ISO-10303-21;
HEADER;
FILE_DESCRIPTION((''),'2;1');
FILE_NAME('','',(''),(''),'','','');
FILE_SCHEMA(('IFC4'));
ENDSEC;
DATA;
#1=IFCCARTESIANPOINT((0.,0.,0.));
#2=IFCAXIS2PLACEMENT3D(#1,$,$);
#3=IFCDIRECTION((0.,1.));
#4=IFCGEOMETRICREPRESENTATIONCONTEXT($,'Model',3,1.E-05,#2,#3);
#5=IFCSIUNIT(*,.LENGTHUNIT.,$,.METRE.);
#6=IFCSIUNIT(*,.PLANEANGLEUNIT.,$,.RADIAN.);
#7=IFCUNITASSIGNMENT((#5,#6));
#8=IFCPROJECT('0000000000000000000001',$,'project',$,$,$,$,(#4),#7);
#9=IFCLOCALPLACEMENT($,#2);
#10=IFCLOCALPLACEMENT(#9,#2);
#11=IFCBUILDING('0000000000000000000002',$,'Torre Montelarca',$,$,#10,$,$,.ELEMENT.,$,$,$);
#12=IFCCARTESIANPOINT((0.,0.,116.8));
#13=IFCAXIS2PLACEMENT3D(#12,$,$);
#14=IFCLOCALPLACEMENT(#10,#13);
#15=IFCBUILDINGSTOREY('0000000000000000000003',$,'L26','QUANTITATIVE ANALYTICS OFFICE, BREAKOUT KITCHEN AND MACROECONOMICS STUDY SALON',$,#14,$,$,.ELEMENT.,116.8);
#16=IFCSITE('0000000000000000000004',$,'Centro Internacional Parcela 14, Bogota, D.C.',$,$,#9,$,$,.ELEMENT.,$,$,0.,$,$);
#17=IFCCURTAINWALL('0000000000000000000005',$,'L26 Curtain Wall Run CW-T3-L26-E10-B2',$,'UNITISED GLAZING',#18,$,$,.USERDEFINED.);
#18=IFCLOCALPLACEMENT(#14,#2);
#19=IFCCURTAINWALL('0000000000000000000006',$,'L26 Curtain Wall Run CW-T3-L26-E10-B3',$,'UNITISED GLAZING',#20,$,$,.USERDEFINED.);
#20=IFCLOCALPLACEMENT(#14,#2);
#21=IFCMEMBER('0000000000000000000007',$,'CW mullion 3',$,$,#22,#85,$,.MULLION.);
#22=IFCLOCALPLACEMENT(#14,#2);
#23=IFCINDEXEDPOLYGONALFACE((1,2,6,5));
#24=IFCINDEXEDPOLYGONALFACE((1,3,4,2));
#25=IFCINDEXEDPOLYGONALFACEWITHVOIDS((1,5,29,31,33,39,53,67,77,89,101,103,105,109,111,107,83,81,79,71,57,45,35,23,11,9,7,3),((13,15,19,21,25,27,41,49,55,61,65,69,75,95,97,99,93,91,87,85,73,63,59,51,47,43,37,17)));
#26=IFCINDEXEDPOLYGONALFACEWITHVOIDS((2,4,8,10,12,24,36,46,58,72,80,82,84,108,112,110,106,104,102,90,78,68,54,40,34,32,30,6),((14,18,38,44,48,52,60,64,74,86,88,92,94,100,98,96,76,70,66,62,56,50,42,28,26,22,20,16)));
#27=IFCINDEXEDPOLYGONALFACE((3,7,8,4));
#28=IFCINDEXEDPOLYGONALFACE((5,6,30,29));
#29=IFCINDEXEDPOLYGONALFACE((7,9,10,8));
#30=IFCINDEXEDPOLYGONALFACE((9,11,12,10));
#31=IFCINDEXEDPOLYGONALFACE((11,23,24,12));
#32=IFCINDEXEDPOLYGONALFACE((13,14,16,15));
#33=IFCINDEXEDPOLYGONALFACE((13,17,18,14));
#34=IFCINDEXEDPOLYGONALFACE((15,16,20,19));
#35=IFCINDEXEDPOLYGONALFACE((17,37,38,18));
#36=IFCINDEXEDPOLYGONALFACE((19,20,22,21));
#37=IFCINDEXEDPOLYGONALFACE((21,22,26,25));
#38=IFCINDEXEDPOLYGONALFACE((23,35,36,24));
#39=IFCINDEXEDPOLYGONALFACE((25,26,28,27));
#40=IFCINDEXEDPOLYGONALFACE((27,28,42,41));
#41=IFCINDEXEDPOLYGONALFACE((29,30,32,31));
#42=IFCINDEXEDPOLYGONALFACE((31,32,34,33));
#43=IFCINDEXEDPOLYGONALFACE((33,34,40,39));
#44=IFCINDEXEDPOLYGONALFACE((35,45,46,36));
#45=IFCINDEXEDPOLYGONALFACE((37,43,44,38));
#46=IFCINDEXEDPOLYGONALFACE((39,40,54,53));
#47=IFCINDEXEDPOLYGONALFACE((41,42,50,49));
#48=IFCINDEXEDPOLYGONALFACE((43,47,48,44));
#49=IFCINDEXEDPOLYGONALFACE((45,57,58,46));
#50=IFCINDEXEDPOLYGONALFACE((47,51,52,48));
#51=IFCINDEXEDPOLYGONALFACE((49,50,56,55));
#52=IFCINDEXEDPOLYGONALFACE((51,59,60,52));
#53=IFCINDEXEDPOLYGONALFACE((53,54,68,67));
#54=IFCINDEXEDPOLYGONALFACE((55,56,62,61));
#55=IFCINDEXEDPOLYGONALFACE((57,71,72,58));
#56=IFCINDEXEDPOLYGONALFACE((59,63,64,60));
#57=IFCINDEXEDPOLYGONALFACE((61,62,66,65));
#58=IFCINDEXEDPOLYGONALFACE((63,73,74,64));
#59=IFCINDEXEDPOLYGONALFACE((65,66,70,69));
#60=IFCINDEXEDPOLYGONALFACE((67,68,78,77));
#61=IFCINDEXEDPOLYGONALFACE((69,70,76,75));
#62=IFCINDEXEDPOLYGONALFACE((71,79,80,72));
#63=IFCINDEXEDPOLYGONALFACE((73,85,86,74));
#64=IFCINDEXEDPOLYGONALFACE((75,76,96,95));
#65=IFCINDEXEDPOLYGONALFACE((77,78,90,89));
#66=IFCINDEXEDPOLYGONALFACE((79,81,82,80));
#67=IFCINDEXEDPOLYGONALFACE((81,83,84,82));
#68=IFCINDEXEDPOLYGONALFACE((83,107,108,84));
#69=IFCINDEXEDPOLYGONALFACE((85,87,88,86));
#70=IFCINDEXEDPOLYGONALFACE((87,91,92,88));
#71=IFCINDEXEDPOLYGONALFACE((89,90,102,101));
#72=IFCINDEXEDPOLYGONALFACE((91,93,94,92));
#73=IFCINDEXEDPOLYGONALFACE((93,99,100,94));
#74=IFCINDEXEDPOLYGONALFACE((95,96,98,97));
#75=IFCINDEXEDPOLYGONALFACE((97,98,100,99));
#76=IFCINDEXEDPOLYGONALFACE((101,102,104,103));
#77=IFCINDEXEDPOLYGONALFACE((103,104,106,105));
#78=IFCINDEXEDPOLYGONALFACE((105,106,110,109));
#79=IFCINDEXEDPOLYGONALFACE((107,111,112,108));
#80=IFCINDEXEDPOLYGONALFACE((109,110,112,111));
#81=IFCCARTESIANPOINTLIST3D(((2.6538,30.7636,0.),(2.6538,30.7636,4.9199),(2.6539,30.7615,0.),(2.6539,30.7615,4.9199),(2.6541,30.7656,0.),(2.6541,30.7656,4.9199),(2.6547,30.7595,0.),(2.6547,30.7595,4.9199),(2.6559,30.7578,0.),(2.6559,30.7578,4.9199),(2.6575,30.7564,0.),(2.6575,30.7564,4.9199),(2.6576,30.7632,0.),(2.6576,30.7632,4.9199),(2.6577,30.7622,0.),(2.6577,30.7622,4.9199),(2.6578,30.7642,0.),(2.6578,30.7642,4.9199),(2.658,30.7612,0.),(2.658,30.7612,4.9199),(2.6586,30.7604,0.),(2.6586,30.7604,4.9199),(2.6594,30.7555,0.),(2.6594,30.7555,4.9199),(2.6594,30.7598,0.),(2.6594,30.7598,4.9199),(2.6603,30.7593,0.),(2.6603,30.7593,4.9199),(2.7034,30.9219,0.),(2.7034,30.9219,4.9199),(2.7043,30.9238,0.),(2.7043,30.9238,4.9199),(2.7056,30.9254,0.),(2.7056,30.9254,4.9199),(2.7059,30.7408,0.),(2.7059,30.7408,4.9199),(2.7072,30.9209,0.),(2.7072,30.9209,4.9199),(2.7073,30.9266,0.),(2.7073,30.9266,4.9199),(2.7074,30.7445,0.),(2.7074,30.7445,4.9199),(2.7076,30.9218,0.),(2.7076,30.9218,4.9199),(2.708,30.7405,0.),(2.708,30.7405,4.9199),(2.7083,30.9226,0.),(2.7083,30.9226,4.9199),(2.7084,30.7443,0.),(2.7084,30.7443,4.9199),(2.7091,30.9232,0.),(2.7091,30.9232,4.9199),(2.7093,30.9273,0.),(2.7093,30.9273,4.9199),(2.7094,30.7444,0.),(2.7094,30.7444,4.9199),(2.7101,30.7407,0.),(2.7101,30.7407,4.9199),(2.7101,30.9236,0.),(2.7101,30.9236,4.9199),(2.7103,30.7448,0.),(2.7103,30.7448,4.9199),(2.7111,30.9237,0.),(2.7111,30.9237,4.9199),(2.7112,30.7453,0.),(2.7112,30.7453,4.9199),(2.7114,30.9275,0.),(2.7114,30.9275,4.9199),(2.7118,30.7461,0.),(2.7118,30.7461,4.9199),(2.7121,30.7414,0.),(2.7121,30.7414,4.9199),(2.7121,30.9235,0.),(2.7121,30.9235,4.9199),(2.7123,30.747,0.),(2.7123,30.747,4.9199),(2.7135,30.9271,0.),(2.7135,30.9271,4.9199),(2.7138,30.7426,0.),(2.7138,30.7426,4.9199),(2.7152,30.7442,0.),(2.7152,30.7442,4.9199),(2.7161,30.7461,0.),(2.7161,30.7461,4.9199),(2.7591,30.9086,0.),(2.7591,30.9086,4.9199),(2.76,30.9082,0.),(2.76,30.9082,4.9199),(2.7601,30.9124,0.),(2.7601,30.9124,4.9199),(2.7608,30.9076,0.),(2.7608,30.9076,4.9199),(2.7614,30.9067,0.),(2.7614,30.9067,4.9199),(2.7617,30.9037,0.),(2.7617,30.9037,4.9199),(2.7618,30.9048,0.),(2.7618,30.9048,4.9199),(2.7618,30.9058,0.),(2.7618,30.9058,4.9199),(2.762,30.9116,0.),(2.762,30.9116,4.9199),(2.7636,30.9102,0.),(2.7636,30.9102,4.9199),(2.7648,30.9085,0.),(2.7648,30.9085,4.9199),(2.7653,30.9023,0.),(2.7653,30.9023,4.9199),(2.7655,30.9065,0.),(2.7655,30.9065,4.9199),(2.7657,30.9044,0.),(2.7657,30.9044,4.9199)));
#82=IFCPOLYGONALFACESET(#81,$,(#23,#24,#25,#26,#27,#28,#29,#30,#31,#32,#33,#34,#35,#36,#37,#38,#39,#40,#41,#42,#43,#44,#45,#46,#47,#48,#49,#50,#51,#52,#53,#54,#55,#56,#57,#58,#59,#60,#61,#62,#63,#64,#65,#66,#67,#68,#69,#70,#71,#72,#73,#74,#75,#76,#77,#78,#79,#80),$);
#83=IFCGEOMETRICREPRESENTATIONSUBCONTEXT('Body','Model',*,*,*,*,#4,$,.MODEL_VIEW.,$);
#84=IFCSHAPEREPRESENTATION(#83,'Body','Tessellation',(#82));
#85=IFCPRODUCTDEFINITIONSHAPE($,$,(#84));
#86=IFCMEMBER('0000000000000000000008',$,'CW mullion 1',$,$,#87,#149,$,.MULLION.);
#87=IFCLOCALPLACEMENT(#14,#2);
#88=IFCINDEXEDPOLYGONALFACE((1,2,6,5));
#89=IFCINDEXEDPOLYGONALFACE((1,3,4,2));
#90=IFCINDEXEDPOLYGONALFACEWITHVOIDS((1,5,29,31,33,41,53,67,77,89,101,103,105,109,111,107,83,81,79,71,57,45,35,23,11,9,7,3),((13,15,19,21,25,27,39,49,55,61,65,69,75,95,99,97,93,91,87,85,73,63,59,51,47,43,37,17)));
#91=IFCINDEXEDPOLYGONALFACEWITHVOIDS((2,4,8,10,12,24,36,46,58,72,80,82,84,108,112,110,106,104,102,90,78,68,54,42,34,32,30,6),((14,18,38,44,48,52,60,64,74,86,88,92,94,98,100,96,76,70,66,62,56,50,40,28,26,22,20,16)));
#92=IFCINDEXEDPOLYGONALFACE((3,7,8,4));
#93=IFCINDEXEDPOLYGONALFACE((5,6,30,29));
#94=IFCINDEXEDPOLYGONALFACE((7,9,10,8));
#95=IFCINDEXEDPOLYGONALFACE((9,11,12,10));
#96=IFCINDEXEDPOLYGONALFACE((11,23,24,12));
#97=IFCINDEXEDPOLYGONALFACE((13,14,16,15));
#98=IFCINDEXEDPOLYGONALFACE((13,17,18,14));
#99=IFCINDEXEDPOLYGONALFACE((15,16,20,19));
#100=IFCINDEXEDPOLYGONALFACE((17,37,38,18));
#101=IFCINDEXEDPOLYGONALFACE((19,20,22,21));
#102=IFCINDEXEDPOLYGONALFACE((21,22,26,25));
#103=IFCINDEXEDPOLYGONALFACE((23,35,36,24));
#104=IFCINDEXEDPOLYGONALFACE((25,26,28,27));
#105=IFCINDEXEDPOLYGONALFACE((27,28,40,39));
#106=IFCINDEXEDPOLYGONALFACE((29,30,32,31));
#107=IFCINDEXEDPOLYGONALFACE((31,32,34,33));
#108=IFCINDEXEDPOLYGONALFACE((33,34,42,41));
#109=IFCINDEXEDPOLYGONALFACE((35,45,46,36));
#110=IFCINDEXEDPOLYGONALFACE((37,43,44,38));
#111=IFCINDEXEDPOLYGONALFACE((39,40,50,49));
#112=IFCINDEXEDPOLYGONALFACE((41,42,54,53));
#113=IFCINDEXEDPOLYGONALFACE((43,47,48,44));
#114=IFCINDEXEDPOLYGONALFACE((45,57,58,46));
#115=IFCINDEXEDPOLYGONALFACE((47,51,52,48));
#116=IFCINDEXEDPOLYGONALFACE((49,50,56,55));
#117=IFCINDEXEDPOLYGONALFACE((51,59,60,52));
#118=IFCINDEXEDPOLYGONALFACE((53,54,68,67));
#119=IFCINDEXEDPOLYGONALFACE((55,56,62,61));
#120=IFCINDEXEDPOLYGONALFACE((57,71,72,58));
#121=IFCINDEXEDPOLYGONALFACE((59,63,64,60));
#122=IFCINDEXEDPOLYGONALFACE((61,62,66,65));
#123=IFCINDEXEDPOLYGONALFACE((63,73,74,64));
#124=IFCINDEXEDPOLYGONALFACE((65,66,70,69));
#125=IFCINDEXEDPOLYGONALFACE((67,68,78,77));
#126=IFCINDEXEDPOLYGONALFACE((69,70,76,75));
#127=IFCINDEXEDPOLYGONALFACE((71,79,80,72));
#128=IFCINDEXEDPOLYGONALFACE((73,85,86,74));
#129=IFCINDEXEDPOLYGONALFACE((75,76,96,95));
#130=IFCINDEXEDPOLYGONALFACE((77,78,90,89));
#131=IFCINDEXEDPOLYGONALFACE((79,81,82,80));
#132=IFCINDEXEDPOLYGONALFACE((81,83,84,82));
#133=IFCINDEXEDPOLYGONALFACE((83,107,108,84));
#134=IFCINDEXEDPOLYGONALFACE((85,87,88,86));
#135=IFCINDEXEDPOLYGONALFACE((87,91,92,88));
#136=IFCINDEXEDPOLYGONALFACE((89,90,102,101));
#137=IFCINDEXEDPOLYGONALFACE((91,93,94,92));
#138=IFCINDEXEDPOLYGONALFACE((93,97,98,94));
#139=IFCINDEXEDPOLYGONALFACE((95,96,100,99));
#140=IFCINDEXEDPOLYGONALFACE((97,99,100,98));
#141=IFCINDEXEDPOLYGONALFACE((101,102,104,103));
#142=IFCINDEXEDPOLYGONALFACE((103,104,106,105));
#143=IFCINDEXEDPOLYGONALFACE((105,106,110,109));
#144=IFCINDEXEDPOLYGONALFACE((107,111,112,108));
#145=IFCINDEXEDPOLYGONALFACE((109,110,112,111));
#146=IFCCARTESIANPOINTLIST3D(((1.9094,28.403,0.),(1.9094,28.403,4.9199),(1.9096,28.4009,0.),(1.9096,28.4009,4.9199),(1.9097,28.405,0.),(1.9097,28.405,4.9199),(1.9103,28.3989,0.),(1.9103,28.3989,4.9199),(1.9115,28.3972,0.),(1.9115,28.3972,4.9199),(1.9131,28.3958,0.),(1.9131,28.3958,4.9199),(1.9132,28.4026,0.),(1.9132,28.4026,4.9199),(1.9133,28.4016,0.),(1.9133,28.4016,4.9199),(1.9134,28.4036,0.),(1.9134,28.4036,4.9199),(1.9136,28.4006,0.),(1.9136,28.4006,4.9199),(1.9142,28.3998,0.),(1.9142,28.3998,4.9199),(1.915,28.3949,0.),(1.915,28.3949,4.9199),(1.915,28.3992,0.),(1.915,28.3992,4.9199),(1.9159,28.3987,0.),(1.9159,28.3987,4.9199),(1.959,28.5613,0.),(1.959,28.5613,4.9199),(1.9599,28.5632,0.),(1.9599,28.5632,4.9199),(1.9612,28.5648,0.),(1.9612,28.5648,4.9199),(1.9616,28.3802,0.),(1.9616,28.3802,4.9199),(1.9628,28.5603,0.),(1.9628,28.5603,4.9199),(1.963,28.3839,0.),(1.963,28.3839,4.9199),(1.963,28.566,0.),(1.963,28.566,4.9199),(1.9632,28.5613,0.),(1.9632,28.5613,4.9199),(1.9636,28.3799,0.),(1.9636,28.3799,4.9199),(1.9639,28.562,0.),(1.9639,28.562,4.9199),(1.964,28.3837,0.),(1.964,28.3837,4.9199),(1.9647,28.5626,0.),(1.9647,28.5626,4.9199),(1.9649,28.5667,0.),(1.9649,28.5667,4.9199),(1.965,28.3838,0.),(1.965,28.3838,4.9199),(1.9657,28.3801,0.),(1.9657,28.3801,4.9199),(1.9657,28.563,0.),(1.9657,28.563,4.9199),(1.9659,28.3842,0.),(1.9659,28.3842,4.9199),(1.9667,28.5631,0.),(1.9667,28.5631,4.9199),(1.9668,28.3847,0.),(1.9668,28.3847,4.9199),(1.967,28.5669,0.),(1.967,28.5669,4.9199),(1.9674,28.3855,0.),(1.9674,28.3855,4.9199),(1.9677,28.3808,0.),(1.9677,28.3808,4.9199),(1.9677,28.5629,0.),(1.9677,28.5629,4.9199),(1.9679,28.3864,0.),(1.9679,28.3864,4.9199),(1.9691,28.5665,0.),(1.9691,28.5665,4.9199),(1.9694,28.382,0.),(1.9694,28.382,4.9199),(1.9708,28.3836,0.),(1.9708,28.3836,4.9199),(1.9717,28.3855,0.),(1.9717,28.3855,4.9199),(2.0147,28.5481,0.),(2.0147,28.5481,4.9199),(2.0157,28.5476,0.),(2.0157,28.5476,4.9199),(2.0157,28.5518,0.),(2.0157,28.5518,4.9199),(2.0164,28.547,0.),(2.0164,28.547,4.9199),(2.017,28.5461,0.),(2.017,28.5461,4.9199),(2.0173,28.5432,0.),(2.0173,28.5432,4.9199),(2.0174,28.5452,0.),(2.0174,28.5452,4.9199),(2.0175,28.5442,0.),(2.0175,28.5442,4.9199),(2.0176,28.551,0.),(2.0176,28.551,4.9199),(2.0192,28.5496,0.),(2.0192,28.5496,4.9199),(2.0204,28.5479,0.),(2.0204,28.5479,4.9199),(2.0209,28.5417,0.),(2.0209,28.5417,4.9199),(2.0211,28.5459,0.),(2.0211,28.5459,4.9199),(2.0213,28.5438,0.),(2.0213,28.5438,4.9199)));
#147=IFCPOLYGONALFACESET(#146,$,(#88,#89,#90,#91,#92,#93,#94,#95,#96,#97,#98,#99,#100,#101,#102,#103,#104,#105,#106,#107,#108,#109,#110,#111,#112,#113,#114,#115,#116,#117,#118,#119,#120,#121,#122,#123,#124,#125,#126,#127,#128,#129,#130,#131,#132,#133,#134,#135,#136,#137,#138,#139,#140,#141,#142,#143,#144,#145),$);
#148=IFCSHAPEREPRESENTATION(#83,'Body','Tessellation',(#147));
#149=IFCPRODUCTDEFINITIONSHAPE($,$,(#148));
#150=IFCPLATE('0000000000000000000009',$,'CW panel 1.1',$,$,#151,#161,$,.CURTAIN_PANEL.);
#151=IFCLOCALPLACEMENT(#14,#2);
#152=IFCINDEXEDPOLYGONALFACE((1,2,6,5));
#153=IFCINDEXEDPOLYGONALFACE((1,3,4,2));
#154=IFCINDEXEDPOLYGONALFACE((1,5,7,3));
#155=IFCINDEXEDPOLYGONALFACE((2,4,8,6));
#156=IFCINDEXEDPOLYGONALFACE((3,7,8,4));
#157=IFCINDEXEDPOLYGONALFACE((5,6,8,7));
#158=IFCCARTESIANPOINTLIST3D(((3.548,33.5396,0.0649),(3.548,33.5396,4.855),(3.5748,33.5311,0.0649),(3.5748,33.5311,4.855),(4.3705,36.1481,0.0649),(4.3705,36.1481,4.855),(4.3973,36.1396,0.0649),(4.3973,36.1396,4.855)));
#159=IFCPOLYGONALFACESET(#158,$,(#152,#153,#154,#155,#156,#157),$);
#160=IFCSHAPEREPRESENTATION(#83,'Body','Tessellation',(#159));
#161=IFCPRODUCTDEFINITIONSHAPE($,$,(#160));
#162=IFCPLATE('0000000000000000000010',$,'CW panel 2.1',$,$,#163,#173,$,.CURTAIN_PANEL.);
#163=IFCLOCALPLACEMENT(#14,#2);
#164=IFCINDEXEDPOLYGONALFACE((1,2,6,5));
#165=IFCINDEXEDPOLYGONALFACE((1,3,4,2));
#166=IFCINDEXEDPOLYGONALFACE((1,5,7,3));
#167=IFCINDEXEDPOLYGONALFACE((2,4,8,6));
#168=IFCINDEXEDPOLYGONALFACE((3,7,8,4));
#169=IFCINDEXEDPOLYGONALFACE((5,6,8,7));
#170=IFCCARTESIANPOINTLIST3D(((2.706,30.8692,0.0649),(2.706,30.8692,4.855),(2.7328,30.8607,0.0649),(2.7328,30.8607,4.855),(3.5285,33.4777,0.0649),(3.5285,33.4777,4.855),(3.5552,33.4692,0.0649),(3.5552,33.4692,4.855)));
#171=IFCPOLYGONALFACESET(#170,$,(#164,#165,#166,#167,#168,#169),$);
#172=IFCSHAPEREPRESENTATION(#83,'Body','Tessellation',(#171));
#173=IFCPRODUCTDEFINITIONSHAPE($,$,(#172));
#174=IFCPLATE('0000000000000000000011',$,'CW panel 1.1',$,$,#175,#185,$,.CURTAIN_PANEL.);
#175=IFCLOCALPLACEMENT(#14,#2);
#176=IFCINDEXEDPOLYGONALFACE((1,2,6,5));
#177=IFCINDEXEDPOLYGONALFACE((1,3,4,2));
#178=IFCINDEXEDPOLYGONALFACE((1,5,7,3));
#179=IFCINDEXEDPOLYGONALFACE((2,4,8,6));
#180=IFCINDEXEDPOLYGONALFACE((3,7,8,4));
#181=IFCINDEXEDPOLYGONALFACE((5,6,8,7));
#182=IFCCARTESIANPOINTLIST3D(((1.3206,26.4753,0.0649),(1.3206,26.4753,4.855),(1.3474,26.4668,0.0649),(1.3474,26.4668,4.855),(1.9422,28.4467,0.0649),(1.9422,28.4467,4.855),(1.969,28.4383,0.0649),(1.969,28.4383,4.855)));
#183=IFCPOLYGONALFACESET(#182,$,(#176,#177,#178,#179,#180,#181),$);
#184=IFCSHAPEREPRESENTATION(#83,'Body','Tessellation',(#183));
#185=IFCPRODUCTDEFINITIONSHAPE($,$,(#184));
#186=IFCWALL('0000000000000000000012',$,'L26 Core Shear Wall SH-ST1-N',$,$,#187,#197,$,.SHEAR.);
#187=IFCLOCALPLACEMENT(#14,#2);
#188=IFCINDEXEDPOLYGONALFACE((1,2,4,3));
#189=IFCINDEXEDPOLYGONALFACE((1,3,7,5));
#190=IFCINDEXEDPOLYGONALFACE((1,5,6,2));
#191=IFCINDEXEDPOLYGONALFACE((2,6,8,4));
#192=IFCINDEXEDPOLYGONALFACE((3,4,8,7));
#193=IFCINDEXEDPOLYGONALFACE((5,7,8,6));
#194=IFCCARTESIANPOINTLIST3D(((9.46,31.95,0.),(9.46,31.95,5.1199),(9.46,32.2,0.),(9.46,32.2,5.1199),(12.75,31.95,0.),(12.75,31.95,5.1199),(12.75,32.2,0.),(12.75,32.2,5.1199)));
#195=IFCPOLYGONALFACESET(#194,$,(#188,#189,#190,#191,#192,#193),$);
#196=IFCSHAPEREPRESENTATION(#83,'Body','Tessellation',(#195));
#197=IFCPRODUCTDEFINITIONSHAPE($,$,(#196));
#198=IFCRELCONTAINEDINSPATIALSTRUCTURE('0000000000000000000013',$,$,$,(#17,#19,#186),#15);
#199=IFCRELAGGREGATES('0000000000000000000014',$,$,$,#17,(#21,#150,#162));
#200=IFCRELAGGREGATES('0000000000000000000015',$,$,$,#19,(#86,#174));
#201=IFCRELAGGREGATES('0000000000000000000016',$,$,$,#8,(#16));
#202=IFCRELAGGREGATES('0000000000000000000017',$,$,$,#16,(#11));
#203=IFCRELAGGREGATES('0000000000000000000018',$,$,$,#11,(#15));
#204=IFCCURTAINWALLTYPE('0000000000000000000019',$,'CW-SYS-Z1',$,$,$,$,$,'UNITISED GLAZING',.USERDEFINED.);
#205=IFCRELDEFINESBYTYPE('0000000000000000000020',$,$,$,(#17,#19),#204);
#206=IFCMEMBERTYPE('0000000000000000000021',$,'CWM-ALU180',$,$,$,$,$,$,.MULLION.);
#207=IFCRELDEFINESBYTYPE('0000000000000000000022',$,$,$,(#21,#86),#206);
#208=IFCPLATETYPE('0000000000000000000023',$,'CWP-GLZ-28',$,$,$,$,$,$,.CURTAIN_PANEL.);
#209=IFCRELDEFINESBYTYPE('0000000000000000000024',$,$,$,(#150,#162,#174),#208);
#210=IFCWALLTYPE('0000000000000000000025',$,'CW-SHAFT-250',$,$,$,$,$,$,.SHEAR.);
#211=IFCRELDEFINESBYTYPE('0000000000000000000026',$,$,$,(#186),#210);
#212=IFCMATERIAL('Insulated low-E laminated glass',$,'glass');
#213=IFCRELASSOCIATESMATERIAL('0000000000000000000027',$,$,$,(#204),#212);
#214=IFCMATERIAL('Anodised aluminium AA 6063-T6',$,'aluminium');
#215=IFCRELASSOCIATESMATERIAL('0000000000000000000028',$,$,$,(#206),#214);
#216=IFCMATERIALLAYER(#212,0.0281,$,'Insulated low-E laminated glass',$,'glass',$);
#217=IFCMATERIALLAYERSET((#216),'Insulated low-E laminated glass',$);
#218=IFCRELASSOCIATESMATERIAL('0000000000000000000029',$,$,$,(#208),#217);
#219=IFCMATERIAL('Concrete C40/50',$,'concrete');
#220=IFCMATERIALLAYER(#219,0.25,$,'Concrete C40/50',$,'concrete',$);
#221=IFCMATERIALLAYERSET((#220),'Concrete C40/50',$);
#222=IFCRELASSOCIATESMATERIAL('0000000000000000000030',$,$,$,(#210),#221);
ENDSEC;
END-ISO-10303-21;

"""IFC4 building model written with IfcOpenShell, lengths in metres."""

from ifc_helpers import new_model, si_unit, direction, frame, frame_2d, origin, origin_2d, place, context, subcontext, project, spatial, rectangle, hollow_rectangle, extrude, source, transform, mapped, material, layer, layer_set, material_profile, profile_set, type_object, element, aggregate, save


model = new_model("IFC4")

# Units and contexts
model_context = context("Model", 3, precision=1e-05, world=origin(), true_north=direction((0.0, 1.0)))
body_context = subcontext(model_context, "Body", "Model", "MODEL_VIEW")
ifc_project = project(units=[si_unit("LENGTHUNIT", "METRE"), si_unit("PLANEANGLEUNIT", "RADIAN")], contexts=[model_context])

# Site, building, storey
site_placement = place(None, origin())
site = spatial("IfcSite", under=ifc_project, at=site_placement, Name="Centro Internacional Parcela 14, Bogota, D.C.", CompositionType="ELEMENT", RefElevation=0.0)
building_placement = place(site_placement, origin())
building = spatial("IfcBuilding", under=site, at=building_placement, Name="Torre Montelarca", CompositionType="ELEMENT")
storey_placement = place(building_placement, frame((0.0, 0.0, 116.8)))
storey = spatial("IfcBuildingStorey", under=building, at=storey_placement, Name="L26", Description="QUANTITATIVE ANALYTICS OFFICE, BREAKOUT KITCHEN AND MACROECONOMICS STUDY SALON", CompositionType="ELEMENT", Elevation=116.8)

# Curtain walls
ifc_material_1 = material(Name="Insulated low-E laminated glass", Category="glass")
curtain_wall_type = type_object("IfcCurtainWallType", Name="CW-SYS-Z1", ElementType="UNITISED GLAZING", PredefinedType="USERDEFINED", material=ifc_material_1)
curtain_wall_1_placement = place(storey_placement, origin())
curtain_wall_1 = element("IfcCurtainWall", 1, at=curtain_wall_1_placement, inside=storey, type_object=curtain_wall_type, Name="L26 Curtain Wall Run CW-T3-L26-E10-B2", ObjectType="UNITISED GLAZING", PredefinedType="USERDEFINED")
ifc_material_2 = material(Name="Anodised aluminium AA 6063-T6", Category="aluminium")
curtain_wall_2_placement = place(storey_placement, origin())
curtain_wall_2 = element("IfcCurtainWall", 2, at=curtain_wall_2_placement, inside=storey, type_object=curtain_wall_type, Name="L26 Curtain Wall Run CW-T3-L26-E10-B3", ObjectType="UNITISED GLAZING", PredefinedType="USERDEFINED")

# Members
ifc_material_profile_1 = material_profile(ifc_material_2, hollow_rectangle(XDim=0.0649, YDim=0.1799, WallThickness=0.0039, InnerFilletRadius=0.0039, OuterFilletRadius=0.0081, at=origin_2d()), Name="ALU65X180X4", Category="aluminium")
ifc_profile_set_1 = profile_set([ifc_material_profile_1], Name="Anodised aluminium AA 6063-T6")
member_type_1 = type_object("IfcMemberType", Name="CWM-ALU180", PredefinedType="MULLION", material=ifc_profile_set_1)
shared_shape_1 = source(origin(), body_context, "Body", "SweptSolid", [
    extrude(hollow_rectangle(XDim=0.0649, YDim=0.1799, WallThickness=0.0039, InnerFilletRadius=0.0039, OuterFilletRadius=0.0081, at=origin_2d()), origin(), (0.0, 0.0, 1.0), 4.9199),
])
member_1_placement = place(storey_placement, frame((2.7097, 30.834, 0.0), z_axis=(0.0, 0.0, 1.0), x_axis=(0.953717, -0.300706, 0.0)))
member_1 = element("IfcMember", 3, at=member_1_placement, type_object=member_type_1, Name="CW mullion 3", PredefinedType="MULLION", context=body_context, shape_type="MappedRepresentation", body=[
    mapped(shared_shape_1, transform((0.0, 0.0, 0.0), scale=1.0)),
])
member_2_placement = place(storey_placement, frame((1.9653, 28.4734, 0.0), z_axis=(0.0, 0.0, 1.0), x_axis=(0.953717, -0.300705, 0.0)))
member_2 = element("IfcMember", 4, at=member_2_placement, type_object=member_type_1, Name="CW mullion 1", PredefinedType="MULLION", context=body_context, shape_type="MappedRepresentation", body=[
    mapped(shared_shape_1, transform((0.0, 0.0, 0.0), scale=1.0)),
])

# Plates
ifc_layer_1 = layer(ifc_material_1, 0.0281, Name="Insulated low-E laminated glass", Category="glass")
ifc_layer_set_1 = layer_set([ifc_layer_1], Name="Insulated low-E laminated glass")
plate_type = type_object("IfcPlateType", Name="CWP-GLZ-28", PredefinedType="CURTAIN_PANEL", material=ifc_layer_set_1)
shared_shape_2 = source(origin(), body_context, "Body", "SweptSolid", [
    extrude(rectangle(XDim=2.7351, YDim=0.0281, at=origin_2d()), origin(), (0.0, 0.0, 1.0), 4.79),
])
plate_1_placement = place(storey_placement, frame((3.9727, 34.8396, 0.0649), z_axis=(0.0, 0.0, 1.0), x_axis=(-0.300706, -0.953717, 0.0)))
plate_1 = element("IfcPlate", 5, at=plate_1_placement, type_object=plate_type, Name="CW panel 1.1", PredefinedType="CURTAIN_PANEL", context=body_context, shape_type="MappedRepresentation", body=[
    mapped(shared_shape_2, transform((0.0, 0.0, 0.0), scale=1.0)),
])
plate_2_placement = place(storey_placement, frame((3.1306, 32.1692, 0.0649), z_axis=(0.0, 0.0, 1.0), x_axis=(-0.300706, -0.953717, 0.0)))
plate_2 = element("IfcPlate", 6, at=plate_2_placement, type_object=plate_type, Name="CW panel 2.1", PredefinedType="CURTAIN_PANEL", context=body_context, shape_type="MappedRepresentation", body=[
    mapped(shared_shape_2, transform((0.0, 0.0, 0.0), scale=1.0)),
])
aggregate(curtain_wall_1, [member_1, plate_1, plate_2])
shared_shape_3 = source(origin(), body_context, "Body", "SweptSolid", [
    extrude(rectangle(XDim=2.0671, YDim=0.0281, at=origin_2d()), origin(), (0.0, 0.0, 1.0), 4.79),
])
plate_3_placement = place(storey_placement, frame((1.6448, 27.4568, 0.0649), z_axis=(0.0, 0.0, 1.0), x_axis=(-0.300705, -0.953717, 0.0)))
plate_3 = element("IfcPlate", 7, at=plate_3_placement, type_object=plate_type, Name="CW panel 1.1", PredefinedType="CURTAIN_PANEL", context=body_context, shape_type="MappedRepresentation", body=[
    mapped(shared_shape_3, transform((0.0, 0.0, 0.0), scale=1.0)),
])
aggregate(curtain_wall_2, [member_2, plate_3])

# Wall
ifc_material_3 = material(Name="Concrete C40/50", Category="concrete")
ifc_layer_2 = layer(ifc_material_3, 0.25, Name="Concrete C40/50", Category="concrete")
ifc_layer_set_2 = layer_set([ifc_layer_2], Name="Concrete C40/50")
wall_type = type_object("IfcWallType", Name="CW-SHAFT-250", PredefinedType="SHEAR", material=ifc_layer_set_2)
wall_1_placement = place(storey_placement, frame((9.46, 32.075, 0.0), z_axis=(0.0, 0.0, 1.0), x_axis=(1.0, 0.0, 0.0)))
element("IfcWall", 8, at=wall_1_placement, inside=storey, type_object=wall_type, Name="L26 Core Shear Wall SH-ST1-N", PredefinedType="SHEAR", context=body_context, shape_type="SweptSolid", body=[
    extrude(rectangle(XDim=3.29, YDim=0.25, at=frame_2d((1.645, 0.0))), origin(), (0.0, 0.0, 1.0), 5.1199),
])

save(model, "model.ifc")
